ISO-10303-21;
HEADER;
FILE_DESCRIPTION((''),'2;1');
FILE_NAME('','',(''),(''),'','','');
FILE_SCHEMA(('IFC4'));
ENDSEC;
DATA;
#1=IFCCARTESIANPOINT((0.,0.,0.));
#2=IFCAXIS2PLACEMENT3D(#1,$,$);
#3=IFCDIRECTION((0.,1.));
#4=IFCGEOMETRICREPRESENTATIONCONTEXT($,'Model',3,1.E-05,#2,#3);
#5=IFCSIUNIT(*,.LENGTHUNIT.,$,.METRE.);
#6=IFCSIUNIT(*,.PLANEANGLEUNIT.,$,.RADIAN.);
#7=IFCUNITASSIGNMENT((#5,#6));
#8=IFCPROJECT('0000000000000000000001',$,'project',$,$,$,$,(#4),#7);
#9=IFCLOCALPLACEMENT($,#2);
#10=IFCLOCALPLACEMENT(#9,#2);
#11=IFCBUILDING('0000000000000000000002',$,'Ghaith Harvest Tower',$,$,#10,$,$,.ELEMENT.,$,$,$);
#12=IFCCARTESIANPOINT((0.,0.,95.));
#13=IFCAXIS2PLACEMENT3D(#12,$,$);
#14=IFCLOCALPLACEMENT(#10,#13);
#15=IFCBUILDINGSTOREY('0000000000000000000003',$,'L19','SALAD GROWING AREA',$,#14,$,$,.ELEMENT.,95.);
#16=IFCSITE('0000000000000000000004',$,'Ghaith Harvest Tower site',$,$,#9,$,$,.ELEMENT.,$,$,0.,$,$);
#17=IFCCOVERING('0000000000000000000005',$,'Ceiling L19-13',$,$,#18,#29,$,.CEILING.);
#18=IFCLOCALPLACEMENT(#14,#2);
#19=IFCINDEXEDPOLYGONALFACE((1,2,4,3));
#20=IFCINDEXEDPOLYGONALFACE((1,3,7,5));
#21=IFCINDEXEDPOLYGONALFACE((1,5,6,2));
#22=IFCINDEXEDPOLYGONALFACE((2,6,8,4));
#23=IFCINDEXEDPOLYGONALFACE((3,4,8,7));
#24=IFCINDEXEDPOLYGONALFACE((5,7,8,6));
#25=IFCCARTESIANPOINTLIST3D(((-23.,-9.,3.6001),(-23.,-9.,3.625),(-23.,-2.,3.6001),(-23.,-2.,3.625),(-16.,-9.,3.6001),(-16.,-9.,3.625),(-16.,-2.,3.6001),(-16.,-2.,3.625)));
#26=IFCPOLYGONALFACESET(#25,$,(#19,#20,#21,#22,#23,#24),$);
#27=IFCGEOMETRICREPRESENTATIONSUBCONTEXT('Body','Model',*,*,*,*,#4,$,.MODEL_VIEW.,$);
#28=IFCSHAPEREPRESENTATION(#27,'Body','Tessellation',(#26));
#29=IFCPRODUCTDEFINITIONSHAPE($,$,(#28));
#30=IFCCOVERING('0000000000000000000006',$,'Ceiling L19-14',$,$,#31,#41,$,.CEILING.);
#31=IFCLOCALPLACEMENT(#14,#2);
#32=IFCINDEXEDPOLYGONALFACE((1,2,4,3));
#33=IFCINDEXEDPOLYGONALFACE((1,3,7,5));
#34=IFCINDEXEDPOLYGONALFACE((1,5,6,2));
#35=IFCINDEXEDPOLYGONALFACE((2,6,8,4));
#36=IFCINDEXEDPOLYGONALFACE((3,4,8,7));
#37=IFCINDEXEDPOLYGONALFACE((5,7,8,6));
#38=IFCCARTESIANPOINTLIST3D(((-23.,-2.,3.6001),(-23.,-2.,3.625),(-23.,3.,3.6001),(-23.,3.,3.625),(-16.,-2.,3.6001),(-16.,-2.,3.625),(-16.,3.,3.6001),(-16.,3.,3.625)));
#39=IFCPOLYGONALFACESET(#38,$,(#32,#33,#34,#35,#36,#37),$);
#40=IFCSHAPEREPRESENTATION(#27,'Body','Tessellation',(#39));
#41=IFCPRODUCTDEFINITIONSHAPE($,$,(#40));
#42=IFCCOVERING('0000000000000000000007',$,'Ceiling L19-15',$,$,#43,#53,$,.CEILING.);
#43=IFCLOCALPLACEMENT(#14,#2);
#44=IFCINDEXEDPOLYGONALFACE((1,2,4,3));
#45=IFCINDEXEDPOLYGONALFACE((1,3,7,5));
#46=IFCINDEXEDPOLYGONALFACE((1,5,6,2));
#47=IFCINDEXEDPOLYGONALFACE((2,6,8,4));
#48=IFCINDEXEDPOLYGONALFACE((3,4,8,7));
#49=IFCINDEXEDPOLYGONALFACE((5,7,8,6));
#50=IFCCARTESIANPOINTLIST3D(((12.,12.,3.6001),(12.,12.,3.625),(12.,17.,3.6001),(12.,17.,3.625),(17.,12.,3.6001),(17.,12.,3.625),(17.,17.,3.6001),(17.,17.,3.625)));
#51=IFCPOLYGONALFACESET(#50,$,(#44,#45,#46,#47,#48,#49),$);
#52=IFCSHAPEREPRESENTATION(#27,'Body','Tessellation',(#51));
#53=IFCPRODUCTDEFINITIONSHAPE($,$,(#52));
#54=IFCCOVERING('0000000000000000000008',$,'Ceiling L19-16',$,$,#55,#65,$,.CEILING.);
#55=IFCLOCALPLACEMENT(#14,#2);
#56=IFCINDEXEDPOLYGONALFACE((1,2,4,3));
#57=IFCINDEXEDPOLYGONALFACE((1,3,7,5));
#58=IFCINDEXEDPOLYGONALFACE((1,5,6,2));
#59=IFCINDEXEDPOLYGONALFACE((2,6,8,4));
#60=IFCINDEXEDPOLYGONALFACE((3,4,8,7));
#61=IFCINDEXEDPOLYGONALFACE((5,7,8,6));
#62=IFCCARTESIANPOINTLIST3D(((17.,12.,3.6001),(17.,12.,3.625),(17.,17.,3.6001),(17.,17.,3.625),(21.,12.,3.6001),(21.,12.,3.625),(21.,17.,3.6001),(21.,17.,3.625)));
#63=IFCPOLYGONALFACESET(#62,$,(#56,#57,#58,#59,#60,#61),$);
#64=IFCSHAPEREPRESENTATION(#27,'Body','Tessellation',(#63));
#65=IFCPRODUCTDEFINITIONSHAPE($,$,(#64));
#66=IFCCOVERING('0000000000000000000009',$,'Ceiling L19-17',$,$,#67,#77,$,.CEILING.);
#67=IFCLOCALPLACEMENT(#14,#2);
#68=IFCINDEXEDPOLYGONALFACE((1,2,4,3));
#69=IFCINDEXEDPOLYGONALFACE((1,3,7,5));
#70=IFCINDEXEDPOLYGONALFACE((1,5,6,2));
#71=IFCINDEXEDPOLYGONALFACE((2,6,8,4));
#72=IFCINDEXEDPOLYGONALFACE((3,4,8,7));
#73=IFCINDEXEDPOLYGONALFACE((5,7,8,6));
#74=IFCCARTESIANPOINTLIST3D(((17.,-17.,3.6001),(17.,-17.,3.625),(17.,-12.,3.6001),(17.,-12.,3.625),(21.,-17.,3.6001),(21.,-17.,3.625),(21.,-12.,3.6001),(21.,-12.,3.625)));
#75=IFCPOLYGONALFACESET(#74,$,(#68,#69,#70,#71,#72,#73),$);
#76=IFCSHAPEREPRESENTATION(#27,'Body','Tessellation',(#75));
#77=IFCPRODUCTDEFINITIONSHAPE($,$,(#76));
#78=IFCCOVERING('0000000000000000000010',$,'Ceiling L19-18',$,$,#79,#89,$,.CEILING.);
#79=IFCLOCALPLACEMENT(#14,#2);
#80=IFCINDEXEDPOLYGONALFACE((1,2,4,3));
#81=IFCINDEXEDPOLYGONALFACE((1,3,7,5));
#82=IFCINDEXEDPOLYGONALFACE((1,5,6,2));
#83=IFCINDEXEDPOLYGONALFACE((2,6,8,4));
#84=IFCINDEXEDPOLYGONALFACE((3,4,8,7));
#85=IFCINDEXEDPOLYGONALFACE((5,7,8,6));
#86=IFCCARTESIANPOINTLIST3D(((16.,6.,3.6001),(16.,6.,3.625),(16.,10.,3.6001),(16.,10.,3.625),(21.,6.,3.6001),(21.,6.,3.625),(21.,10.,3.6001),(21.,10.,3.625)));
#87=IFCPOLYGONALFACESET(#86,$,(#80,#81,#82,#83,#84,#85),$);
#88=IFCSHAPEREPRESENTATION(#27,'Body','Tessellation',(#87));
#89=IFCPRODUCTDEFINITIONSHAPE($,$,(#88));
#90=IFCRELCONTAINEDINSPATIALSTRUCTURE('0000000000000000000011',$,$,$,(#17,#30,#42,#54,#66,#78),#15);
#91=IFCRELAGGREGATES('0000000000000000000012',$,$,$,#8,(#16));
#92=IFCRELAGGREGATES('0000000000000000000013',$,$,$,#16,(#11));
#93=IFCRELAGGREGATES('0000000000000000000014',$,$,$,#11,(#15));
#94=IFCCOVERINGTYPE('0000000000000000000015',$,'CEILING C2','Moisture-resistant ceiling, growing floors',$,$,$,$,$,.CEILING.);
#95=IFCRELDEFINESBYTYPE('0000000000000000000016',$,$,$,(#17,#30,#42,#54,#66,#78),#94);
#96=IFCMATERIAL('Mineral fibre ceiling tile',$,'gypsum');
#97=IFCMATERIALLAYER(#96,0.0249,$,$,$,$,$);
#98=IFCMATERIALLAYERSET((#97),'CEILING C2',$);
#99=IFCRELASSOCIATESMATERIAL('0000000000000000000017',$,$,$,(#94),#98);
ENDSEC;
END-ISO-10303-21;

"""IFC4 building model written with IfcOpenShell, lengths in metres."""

from ifc_helpers import new_model, si_unit, direction, frame, origin, place, context, subcontext, project, spatial, polyline, outline, extrude, material, layer, layer_set, type_object, element, save


model = new_model("IFC4")

# Units and contexts
model_context = context("Model", 3, precision=1e-05, world=origin(), true_north=direction((0.0, 1.0)))
body_context = subcontext(model_context, "Body", "Model", "MODEL_VIEW")
ifc_project = project(units=[si_unit("LENGTHUNIT", "METRE"), si_unit("PLANEANGLEUNIT", "RADIAN")], contexts=[model_context])

# Site, building, storey
site_placement = place(None, origin())
site = spatial("IfcSite", under=ifc_project, at=site_placement, Name="Ghaith Harvest Tower site", CompositionType="ELEMENT", RefElevation=0.0)
building_placement = place(site_placement, origin())
building = spatial("IfcBuilding", under=site, at=building_placement, Name="Ghaith Harvest Tower", CompositionType="ELEMENT")
storey_placement = place(building_placement, frame((0.0, 0.0, 95.0)))
storey = spatial("IfcBuildingStorey", under=building, at=storey_placement, Name="L19", Description="SALAD GROWING AREA", CompositionType="ELEMENT", Elevation=95.0)

# Coverings
ifc_material_1 = material(Name="Mineral fibre ceiling tile", Category="gypsum")
ifc_layer_1 = layer(ifc_material_1, 0.0249)
ifc_layer_set_1 = layer_set([ifc_layer_1], Name="CEILING C2")
covering_type = type_object("IfcCoveringType", Name="CEILING C2", Description="Moisture-resistant ceiling, growing floors", PredefinedType="CEILING", material=ifc_layer_set_1)
covering_1_placement = place(storey_placement, frame((0.0, 0.0, 3.6001)))
element("IfcCovering", 1, at=covering_1_placement, inside=storey, type_object=covering_type, Name="Ceiling L19-13", PredefinedType="CEILING", context=body_context, shape_type="SweptSolid", body=[
    extrude(outline(polyline([(-23.0, -9.0), (-16.0, -9.0), (-16.0, -2.0), (-23.0, -2.0), (-23.0, -9.0)])), origin(), (0.0, 0.0, 1.0), 0.0249),
])
covering_2_placement = place(storey_placement, frame((0.0, 0.0, 3.6001)))
element("IfcCovering", 2, at=covering_2_placement, inside=storey, type_object=covering_type, Name="Ceiling L19-14", PredefinedType="CEILING", context=body_context, shape_type="SweptSolid", body=[
    extrude(outline(polyline([(-23.0, -2.0), (-16.0, -2.0), (-16.0, 3.0), (-23.0, 3.0), (-23.0, -2.0)])), origin(), (0.0, 0.0, 1.0), 0.0249),
])
covering_3_placement = place(storey_placement, frame((0.0, 0.0, 3.6001)))
element("IfcCovering", 3, at=covering_3_placement, inside=storey, type_object=covering_type, Name="Ceiling L19-15", PredefinedType="CEILING", context=body_context, shape_type="SweptSolid", body=[
    extrude(outline(polyline([(12.0, 12.0), (17.0, 12.0), (17.0, 17.0), (12.0, 17.0), (12.0, 12.0)])), origin(), (0.0, 0.0, 1.0), 0.0249),
])
covering_4_placement = place(storey_placement, frame((0.0, 0.0, 3.6001)))
element("IfcCovering", 4, at=covering_4_placement, inside=storey, type_object=covering_type, Name="Ceiling L19-16", PredefinedType="CEILING", context=body_context, shape_type="SweptSolid", body=[
    extrude(outline(polyline([(17.0, 12.0), (21.0, 12.0), (21.0, 17.0), (17.0, 17.0), (17.0, 12.0)])), origin(), (0.0, 0.0, 1.0), 0.0249),
])
covering_5_placement = place(storey_placement, frame((0.0, 0.0, 3.6001)))
element("IfcCovering", 5, at=covering_5_placement, inside=storey, type_object=covering_type, Name="Ceiling L19-17", PredefinedType="CEILING", context=body_context, shape_type="SweptSolid", body=[
    extrude(outline(polyline([(17.0, -17.0), (21.0, -17.0), (21.0, -12.0), (17.0, -12.0), (17.0, -17.0)])), origin(), (0.0, 0.0, 1.0), 0.0249),
])
covering_6_placement = place(storey_placement, frame((0.0, 0.0, 3.6001)))
element("IfcCovering", 6, at=covering_6_placement, inside=storey, type_object=covering_type, Name="Ceiling L19-18", PredefinedType="CEILING", context=body_context, shape_type="SweptSolid", body=[
    extrude(outline(polyline([(16.0, 6.0), (21.0, 6.0), (21.0, 10.0), (16.0, 10.0), (16.0, 6.0)])), origin(), (0.0, 0.0, 1.0), 0.0249),
])

save(model, "model.ifc")
